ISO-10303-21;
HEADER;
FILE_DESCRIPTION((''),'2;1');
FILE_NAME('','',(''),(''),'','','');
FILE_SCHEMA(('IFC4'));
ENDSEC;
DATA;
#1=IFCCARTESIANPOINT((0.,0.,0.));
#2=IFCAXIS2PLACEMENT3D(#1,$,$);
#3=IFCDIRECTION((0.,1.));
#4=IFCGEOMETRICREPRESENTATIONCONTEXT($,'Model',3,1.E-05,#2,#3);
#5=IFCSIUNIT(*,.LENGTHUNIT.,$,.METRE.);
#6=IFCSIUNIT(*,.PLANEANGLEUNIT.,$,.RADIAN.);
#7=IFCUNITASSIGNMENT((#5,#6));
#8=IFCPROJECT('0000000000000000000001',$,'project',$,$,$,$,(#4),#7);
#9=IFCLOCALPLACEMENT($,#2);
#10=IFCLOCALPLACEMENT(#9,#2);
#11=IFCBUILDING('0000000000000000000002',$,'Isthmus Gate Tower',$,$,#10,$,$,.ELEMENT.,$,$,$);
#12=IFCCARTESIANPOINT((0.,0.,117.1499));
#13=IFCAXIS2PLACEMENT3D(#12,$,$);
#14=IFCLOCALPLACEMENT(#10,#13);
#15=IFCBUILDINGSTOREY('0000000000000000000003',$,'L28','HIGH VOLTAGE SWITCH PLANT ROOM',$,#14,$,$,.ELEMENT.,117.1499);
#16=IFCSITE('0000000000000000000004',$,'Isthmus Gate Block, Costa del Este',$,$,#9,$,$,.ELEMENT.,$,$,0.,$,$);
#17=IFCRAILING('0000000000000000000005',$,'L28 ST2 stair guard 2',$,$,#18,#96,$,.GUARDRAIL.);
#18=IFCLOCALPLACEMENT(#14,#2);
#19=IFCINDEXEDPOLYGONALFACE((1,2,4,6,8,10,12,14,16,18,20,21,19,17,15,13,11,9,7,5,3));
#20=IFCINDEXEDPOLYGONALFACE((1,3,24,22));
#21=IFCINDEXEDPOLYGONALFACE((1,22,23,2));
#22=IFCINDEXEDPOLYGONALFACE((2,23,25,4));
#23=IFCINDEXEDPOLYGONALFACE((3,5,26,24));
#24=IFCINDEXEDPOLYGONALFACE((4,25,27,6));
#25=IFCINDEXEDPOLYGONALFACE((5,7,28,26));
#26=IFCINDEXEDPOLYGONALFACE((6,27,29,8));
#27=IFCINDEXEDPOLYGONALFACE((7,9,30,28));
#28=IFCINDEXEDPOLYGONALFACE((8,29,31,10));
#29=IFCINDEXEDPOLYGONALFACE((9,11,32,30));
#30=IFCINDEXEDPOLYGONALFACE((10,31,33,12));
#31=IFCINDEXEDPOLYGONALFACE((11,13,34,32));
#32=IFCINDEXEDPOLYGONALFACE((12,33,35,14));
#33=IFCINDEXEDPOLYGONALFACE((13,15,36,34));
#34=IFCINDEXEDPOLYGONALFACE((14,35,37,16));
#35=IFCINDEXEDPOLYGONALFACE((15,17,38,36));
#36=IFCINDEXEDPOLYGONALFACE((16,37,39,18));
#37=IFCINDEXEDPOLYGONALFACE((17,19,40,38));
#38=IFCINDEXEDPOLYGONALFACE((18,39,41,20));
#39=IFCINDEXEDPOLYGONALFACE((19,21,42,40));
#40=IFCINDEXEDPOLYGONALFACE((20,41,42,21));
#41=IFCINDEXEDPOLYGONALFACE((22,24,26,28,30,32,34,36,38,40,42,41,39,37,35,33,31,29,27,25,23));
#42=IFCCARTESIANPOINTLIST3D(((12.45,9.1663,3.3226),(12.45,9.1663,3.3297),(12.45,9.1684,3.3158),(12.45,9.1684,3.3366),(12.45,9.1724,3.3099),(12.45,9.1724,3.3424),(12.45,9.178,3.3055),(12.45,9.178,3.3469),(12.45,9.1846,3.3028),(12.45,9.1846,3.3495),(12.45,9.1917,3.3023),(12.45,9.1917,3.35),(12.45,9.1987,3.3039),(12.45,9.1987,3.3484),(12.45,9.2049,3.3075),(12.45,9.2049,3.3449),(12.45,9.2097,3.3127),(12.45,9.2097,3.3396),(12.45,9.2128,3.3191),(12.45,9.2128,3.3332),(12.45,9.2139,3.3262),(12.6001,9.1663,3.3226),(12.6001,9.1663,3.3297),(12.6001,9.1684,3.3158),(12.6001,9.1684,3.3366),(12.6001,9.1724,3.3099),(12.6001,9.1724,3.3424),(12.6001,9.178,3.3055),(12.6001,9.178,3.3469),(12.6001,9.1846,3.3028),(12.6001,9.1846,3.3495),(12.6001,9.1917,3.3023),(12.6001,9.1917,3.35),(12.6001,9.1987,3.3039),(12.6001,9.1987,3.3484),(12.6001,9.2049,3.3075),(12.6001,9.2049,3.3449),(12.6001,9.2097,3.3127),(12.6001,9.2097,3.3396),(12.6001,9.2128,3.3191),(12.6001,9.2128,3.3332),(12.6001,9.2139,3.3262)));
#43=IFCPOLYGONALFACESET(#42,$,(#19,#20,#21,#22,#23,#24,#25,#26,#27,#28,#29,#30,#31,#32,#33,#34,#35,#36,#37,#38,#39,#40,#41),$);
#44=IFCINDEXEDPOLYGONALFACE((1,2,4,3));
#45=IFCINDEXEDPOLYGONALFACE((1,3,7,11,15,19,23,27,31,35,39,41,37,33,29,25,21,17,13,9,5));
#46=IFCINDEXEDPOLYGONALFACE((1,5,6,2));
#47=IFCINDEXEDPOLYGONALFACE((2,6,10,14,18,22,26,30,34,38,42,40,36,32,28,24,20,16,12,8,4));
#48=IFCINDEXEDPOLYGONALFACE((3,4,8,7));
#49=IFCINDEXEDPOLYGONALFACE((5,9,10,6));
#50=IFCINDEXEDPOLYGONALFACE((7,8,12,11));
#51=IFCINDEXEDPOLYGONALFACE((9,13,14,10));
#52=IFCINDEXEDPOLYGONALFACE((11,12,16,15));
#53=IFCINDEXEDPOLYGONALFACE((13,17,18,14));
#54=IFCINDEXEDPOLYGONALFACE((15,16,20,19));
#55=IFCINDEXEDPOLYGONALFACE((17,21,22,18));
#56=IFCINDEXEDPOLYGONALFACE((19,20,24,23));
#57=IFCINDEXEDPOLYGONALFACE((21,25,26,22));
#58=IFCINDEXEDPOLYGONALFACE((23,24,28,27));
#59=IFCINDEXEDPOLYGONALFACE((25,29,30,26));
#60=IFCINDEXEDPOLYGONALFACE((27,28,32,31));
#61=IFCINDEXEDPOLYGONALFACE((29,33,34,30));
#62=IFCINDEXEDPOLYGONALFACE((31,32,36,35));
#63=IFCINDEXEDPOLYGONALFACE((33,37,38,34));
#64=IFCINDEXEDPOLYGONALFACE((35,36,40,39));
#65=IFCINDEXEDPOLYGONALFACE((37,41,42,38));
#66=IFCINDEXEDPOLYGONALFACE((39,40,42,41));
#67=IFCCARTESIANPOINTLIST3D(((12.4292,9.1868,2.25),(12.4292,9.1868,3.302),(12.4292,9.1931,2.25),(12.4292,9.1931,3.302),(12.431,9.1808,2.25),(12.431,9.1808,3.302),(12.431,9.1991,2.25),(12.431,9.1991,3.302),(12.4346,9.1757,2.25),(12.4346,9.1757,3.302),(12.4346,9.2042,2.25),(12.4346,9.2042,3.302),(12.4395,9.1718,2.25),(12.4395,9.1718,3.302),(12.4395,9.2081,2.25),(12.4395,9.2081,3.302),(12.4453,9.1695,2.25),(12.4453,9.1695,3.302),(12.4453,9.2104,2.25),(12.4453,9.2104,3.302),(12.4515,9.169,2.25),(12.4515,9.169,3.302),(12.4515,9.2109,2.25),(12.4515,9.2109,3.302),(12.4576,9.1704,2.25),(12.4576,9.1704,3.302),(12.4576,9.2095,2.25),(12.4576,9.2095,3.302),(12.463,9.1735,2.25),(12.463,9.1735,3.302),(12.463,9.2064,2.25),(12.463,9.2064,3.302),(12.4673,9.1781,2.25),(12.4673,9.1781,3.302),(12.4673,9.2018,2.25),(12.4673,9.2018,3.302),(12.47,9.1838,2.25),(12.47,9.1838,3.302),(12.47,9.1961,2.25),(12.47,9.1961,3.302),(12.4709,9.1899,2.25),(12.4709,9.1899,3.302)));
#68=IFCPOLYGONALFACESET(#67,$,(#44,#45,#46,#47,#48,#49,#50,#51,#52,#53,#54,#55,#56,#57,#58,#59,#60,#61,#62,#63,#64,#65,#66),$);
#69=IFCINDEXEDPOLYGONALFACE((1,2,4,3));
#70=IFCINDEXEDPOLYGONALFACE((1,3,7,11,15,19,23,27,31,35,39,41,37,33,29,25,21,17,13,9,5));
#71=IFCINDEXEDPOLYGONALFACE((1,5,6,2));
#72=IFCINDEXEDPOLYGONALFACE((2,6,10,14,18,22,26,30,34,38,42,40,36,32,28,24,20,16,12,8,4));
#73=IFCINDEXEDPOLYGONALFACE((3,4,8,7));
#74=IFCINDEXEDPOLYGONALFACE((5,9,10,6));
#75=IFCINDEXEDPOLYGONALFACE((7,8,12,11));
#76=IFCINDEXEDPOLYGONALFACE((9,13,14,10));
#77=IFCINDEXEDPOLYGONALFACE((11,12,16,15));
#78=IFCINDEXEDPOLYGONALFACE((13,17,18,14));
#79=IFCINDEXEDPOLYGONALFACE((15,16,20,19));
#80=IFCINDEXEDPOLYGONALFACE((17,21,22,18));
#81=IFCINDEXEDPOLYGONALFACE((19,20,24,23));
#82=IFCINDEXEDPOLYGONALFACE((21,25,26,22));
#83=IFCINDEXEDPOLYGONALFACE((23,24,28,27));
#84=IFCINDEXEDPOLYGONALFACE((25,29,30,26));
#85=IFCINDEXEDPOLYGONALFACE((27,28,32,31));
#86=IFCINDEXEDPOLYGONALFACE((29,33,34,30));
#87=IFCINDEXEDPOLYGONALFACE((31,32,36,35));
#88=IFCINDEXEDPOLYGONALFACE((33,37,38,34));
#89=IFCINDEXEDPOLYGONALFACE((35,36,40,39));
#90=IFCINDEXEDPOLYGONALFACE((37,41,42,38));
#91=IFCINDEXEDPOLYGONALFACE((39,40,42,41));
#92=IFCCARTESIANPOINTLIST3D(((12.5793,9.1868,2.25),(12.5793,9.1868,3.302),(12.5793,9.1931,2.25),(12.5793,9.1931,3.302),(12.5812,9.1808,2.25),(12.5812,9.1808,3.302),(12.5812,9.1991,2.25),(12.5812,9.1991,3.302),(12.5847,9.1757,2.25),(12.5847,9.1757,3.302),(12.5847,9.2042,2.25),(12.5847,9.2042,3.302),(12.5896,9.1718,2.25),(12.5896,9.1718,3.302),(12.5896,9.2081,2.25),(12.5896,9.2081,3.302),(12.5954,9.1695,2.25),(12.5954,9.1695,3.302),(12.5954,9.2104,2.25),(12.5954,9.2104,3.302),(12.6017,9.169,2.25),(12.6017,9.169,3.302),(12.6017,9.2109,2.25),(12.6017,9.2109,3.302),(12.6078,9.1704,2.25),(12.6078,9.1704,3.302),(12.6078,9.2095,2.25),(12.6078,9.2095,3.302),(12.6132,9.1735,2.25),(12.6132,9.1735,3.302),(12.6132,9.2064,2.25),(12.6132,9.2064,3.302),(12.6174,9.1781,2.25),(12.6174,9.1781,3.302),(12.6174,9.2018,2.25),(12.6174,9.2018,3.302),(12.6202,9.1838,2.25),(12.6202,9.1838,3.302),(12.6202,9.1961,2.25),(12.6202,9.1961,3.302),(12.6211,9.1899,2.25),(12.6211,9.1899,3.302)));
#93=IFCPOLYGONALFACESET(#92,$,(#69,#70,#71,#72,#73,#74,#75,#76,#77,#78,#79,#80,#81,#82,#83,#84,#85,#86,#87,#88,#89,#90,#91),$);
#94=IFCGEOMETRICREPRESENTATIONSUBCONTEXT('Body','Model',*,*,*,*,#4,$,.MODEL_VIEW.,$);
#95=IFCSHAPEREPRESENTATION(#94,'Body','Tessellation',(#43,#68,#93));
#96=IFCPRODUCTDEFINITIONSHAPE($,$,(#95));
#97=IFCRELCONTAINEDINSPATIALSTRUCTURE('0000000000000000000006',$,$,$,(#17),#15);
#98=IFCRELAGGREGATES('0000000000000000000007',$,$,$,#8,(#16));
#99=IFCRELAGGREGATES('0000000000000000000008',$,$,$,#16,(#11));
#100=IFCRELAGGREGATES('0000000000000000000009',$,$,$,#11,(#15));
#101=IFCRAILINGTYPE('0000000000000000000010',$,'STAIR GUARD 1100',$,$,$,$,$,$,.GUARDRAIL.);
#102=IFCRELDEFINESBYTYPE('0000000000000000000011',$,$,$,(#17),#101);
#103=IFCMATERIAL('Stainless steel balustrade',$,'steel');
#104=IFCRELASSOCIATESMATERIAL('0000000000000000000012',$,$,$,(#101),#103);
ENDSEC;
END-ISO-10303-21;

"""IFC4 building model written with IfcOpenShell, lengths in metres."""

from ifc_helpers import new_model, si_unit, direction, frame, origin, origin_2d, place, context, subcontext, project, spatial, circle, extrude, material, type_object, element, save


model = new_model("IFC4")

# Units and contexts
model_context = context("Model", 3, precision=1e-05, world=origin(), true_north=direction((0.0, 1.0)))
body_context = subcontext(model_context, "Body", "Model", "MODEL_VIEW")
ifc_project = project(units=[si_unit("LENGTHUNIT", "METRE"), si_unit("PLANEANGLEUNIT", "RADIAN")], contexts=[model_context])

# Site, building, storey
site_placement = place(None, origin())
site = spatial("IfcSite", under=ifc_project, at=site_placement, Name="Isthmus Gate Block, Costa del Este", CompositionType="ELEMENT", RefElevation=0.0)
building_placement = place(site_placement, origin())
building = spatial("IfcBuilding", under=site, at=building_placement, Name="Isthmus Gate Tower", CompositionType="ELEMENT")
storey_placement = place(building_placement, frame((0.0, 0.0, 117.1499)))
storey = spatial("IfcBuildingStorey", under=building, at=storey_placement, Name="L28", Description="HIGH VOLTAGE SWITCH PLANT ROOM", CompositionType="ELEMENT", Elevation=117.1499)

# Railing
ifc_material_1 = material(Name="Stainless steel balustrade", Category="steel")
railing_type_1 = type_object("IfcRailingType", Name="STAIR GUARD 1100", PredefinedType="GUARDRAIL", material=ifc_material_1)
railing_1_placement = place(storey_placement, frame((12.45, 9.1899, 2.25)))
element("IfcRailing", 1, at=railing_1_placement, inside=storey, type_object=railing_type_1, Name="L28 ST2 stair guard 2", PredefinedType="GUARDRAIL", context=body_context, shape_type="SweptSolid", body=[
    extrude(circle(Radius=0.0239, at=origin_2d()), frame((0.0, 0.0, 1.0762), z_axis=(1.0, 0.0, 0.0), x_axis=(0.0, 1.0, 0.0)), (0.0, 0.0, 1.0), 0.1501),
    extrude(circle(Radius=0.021, at=origin_2d()), origin(), (0.0, 0.0, 1.0), 1.052),
    extrude(circle(Radius=0.021, at=origin_2d()), frame((0.1501, 0.0, 0.0)), (0.0, 0.0, 1.0), 1.052),
])

save(model, "model.ifc")
